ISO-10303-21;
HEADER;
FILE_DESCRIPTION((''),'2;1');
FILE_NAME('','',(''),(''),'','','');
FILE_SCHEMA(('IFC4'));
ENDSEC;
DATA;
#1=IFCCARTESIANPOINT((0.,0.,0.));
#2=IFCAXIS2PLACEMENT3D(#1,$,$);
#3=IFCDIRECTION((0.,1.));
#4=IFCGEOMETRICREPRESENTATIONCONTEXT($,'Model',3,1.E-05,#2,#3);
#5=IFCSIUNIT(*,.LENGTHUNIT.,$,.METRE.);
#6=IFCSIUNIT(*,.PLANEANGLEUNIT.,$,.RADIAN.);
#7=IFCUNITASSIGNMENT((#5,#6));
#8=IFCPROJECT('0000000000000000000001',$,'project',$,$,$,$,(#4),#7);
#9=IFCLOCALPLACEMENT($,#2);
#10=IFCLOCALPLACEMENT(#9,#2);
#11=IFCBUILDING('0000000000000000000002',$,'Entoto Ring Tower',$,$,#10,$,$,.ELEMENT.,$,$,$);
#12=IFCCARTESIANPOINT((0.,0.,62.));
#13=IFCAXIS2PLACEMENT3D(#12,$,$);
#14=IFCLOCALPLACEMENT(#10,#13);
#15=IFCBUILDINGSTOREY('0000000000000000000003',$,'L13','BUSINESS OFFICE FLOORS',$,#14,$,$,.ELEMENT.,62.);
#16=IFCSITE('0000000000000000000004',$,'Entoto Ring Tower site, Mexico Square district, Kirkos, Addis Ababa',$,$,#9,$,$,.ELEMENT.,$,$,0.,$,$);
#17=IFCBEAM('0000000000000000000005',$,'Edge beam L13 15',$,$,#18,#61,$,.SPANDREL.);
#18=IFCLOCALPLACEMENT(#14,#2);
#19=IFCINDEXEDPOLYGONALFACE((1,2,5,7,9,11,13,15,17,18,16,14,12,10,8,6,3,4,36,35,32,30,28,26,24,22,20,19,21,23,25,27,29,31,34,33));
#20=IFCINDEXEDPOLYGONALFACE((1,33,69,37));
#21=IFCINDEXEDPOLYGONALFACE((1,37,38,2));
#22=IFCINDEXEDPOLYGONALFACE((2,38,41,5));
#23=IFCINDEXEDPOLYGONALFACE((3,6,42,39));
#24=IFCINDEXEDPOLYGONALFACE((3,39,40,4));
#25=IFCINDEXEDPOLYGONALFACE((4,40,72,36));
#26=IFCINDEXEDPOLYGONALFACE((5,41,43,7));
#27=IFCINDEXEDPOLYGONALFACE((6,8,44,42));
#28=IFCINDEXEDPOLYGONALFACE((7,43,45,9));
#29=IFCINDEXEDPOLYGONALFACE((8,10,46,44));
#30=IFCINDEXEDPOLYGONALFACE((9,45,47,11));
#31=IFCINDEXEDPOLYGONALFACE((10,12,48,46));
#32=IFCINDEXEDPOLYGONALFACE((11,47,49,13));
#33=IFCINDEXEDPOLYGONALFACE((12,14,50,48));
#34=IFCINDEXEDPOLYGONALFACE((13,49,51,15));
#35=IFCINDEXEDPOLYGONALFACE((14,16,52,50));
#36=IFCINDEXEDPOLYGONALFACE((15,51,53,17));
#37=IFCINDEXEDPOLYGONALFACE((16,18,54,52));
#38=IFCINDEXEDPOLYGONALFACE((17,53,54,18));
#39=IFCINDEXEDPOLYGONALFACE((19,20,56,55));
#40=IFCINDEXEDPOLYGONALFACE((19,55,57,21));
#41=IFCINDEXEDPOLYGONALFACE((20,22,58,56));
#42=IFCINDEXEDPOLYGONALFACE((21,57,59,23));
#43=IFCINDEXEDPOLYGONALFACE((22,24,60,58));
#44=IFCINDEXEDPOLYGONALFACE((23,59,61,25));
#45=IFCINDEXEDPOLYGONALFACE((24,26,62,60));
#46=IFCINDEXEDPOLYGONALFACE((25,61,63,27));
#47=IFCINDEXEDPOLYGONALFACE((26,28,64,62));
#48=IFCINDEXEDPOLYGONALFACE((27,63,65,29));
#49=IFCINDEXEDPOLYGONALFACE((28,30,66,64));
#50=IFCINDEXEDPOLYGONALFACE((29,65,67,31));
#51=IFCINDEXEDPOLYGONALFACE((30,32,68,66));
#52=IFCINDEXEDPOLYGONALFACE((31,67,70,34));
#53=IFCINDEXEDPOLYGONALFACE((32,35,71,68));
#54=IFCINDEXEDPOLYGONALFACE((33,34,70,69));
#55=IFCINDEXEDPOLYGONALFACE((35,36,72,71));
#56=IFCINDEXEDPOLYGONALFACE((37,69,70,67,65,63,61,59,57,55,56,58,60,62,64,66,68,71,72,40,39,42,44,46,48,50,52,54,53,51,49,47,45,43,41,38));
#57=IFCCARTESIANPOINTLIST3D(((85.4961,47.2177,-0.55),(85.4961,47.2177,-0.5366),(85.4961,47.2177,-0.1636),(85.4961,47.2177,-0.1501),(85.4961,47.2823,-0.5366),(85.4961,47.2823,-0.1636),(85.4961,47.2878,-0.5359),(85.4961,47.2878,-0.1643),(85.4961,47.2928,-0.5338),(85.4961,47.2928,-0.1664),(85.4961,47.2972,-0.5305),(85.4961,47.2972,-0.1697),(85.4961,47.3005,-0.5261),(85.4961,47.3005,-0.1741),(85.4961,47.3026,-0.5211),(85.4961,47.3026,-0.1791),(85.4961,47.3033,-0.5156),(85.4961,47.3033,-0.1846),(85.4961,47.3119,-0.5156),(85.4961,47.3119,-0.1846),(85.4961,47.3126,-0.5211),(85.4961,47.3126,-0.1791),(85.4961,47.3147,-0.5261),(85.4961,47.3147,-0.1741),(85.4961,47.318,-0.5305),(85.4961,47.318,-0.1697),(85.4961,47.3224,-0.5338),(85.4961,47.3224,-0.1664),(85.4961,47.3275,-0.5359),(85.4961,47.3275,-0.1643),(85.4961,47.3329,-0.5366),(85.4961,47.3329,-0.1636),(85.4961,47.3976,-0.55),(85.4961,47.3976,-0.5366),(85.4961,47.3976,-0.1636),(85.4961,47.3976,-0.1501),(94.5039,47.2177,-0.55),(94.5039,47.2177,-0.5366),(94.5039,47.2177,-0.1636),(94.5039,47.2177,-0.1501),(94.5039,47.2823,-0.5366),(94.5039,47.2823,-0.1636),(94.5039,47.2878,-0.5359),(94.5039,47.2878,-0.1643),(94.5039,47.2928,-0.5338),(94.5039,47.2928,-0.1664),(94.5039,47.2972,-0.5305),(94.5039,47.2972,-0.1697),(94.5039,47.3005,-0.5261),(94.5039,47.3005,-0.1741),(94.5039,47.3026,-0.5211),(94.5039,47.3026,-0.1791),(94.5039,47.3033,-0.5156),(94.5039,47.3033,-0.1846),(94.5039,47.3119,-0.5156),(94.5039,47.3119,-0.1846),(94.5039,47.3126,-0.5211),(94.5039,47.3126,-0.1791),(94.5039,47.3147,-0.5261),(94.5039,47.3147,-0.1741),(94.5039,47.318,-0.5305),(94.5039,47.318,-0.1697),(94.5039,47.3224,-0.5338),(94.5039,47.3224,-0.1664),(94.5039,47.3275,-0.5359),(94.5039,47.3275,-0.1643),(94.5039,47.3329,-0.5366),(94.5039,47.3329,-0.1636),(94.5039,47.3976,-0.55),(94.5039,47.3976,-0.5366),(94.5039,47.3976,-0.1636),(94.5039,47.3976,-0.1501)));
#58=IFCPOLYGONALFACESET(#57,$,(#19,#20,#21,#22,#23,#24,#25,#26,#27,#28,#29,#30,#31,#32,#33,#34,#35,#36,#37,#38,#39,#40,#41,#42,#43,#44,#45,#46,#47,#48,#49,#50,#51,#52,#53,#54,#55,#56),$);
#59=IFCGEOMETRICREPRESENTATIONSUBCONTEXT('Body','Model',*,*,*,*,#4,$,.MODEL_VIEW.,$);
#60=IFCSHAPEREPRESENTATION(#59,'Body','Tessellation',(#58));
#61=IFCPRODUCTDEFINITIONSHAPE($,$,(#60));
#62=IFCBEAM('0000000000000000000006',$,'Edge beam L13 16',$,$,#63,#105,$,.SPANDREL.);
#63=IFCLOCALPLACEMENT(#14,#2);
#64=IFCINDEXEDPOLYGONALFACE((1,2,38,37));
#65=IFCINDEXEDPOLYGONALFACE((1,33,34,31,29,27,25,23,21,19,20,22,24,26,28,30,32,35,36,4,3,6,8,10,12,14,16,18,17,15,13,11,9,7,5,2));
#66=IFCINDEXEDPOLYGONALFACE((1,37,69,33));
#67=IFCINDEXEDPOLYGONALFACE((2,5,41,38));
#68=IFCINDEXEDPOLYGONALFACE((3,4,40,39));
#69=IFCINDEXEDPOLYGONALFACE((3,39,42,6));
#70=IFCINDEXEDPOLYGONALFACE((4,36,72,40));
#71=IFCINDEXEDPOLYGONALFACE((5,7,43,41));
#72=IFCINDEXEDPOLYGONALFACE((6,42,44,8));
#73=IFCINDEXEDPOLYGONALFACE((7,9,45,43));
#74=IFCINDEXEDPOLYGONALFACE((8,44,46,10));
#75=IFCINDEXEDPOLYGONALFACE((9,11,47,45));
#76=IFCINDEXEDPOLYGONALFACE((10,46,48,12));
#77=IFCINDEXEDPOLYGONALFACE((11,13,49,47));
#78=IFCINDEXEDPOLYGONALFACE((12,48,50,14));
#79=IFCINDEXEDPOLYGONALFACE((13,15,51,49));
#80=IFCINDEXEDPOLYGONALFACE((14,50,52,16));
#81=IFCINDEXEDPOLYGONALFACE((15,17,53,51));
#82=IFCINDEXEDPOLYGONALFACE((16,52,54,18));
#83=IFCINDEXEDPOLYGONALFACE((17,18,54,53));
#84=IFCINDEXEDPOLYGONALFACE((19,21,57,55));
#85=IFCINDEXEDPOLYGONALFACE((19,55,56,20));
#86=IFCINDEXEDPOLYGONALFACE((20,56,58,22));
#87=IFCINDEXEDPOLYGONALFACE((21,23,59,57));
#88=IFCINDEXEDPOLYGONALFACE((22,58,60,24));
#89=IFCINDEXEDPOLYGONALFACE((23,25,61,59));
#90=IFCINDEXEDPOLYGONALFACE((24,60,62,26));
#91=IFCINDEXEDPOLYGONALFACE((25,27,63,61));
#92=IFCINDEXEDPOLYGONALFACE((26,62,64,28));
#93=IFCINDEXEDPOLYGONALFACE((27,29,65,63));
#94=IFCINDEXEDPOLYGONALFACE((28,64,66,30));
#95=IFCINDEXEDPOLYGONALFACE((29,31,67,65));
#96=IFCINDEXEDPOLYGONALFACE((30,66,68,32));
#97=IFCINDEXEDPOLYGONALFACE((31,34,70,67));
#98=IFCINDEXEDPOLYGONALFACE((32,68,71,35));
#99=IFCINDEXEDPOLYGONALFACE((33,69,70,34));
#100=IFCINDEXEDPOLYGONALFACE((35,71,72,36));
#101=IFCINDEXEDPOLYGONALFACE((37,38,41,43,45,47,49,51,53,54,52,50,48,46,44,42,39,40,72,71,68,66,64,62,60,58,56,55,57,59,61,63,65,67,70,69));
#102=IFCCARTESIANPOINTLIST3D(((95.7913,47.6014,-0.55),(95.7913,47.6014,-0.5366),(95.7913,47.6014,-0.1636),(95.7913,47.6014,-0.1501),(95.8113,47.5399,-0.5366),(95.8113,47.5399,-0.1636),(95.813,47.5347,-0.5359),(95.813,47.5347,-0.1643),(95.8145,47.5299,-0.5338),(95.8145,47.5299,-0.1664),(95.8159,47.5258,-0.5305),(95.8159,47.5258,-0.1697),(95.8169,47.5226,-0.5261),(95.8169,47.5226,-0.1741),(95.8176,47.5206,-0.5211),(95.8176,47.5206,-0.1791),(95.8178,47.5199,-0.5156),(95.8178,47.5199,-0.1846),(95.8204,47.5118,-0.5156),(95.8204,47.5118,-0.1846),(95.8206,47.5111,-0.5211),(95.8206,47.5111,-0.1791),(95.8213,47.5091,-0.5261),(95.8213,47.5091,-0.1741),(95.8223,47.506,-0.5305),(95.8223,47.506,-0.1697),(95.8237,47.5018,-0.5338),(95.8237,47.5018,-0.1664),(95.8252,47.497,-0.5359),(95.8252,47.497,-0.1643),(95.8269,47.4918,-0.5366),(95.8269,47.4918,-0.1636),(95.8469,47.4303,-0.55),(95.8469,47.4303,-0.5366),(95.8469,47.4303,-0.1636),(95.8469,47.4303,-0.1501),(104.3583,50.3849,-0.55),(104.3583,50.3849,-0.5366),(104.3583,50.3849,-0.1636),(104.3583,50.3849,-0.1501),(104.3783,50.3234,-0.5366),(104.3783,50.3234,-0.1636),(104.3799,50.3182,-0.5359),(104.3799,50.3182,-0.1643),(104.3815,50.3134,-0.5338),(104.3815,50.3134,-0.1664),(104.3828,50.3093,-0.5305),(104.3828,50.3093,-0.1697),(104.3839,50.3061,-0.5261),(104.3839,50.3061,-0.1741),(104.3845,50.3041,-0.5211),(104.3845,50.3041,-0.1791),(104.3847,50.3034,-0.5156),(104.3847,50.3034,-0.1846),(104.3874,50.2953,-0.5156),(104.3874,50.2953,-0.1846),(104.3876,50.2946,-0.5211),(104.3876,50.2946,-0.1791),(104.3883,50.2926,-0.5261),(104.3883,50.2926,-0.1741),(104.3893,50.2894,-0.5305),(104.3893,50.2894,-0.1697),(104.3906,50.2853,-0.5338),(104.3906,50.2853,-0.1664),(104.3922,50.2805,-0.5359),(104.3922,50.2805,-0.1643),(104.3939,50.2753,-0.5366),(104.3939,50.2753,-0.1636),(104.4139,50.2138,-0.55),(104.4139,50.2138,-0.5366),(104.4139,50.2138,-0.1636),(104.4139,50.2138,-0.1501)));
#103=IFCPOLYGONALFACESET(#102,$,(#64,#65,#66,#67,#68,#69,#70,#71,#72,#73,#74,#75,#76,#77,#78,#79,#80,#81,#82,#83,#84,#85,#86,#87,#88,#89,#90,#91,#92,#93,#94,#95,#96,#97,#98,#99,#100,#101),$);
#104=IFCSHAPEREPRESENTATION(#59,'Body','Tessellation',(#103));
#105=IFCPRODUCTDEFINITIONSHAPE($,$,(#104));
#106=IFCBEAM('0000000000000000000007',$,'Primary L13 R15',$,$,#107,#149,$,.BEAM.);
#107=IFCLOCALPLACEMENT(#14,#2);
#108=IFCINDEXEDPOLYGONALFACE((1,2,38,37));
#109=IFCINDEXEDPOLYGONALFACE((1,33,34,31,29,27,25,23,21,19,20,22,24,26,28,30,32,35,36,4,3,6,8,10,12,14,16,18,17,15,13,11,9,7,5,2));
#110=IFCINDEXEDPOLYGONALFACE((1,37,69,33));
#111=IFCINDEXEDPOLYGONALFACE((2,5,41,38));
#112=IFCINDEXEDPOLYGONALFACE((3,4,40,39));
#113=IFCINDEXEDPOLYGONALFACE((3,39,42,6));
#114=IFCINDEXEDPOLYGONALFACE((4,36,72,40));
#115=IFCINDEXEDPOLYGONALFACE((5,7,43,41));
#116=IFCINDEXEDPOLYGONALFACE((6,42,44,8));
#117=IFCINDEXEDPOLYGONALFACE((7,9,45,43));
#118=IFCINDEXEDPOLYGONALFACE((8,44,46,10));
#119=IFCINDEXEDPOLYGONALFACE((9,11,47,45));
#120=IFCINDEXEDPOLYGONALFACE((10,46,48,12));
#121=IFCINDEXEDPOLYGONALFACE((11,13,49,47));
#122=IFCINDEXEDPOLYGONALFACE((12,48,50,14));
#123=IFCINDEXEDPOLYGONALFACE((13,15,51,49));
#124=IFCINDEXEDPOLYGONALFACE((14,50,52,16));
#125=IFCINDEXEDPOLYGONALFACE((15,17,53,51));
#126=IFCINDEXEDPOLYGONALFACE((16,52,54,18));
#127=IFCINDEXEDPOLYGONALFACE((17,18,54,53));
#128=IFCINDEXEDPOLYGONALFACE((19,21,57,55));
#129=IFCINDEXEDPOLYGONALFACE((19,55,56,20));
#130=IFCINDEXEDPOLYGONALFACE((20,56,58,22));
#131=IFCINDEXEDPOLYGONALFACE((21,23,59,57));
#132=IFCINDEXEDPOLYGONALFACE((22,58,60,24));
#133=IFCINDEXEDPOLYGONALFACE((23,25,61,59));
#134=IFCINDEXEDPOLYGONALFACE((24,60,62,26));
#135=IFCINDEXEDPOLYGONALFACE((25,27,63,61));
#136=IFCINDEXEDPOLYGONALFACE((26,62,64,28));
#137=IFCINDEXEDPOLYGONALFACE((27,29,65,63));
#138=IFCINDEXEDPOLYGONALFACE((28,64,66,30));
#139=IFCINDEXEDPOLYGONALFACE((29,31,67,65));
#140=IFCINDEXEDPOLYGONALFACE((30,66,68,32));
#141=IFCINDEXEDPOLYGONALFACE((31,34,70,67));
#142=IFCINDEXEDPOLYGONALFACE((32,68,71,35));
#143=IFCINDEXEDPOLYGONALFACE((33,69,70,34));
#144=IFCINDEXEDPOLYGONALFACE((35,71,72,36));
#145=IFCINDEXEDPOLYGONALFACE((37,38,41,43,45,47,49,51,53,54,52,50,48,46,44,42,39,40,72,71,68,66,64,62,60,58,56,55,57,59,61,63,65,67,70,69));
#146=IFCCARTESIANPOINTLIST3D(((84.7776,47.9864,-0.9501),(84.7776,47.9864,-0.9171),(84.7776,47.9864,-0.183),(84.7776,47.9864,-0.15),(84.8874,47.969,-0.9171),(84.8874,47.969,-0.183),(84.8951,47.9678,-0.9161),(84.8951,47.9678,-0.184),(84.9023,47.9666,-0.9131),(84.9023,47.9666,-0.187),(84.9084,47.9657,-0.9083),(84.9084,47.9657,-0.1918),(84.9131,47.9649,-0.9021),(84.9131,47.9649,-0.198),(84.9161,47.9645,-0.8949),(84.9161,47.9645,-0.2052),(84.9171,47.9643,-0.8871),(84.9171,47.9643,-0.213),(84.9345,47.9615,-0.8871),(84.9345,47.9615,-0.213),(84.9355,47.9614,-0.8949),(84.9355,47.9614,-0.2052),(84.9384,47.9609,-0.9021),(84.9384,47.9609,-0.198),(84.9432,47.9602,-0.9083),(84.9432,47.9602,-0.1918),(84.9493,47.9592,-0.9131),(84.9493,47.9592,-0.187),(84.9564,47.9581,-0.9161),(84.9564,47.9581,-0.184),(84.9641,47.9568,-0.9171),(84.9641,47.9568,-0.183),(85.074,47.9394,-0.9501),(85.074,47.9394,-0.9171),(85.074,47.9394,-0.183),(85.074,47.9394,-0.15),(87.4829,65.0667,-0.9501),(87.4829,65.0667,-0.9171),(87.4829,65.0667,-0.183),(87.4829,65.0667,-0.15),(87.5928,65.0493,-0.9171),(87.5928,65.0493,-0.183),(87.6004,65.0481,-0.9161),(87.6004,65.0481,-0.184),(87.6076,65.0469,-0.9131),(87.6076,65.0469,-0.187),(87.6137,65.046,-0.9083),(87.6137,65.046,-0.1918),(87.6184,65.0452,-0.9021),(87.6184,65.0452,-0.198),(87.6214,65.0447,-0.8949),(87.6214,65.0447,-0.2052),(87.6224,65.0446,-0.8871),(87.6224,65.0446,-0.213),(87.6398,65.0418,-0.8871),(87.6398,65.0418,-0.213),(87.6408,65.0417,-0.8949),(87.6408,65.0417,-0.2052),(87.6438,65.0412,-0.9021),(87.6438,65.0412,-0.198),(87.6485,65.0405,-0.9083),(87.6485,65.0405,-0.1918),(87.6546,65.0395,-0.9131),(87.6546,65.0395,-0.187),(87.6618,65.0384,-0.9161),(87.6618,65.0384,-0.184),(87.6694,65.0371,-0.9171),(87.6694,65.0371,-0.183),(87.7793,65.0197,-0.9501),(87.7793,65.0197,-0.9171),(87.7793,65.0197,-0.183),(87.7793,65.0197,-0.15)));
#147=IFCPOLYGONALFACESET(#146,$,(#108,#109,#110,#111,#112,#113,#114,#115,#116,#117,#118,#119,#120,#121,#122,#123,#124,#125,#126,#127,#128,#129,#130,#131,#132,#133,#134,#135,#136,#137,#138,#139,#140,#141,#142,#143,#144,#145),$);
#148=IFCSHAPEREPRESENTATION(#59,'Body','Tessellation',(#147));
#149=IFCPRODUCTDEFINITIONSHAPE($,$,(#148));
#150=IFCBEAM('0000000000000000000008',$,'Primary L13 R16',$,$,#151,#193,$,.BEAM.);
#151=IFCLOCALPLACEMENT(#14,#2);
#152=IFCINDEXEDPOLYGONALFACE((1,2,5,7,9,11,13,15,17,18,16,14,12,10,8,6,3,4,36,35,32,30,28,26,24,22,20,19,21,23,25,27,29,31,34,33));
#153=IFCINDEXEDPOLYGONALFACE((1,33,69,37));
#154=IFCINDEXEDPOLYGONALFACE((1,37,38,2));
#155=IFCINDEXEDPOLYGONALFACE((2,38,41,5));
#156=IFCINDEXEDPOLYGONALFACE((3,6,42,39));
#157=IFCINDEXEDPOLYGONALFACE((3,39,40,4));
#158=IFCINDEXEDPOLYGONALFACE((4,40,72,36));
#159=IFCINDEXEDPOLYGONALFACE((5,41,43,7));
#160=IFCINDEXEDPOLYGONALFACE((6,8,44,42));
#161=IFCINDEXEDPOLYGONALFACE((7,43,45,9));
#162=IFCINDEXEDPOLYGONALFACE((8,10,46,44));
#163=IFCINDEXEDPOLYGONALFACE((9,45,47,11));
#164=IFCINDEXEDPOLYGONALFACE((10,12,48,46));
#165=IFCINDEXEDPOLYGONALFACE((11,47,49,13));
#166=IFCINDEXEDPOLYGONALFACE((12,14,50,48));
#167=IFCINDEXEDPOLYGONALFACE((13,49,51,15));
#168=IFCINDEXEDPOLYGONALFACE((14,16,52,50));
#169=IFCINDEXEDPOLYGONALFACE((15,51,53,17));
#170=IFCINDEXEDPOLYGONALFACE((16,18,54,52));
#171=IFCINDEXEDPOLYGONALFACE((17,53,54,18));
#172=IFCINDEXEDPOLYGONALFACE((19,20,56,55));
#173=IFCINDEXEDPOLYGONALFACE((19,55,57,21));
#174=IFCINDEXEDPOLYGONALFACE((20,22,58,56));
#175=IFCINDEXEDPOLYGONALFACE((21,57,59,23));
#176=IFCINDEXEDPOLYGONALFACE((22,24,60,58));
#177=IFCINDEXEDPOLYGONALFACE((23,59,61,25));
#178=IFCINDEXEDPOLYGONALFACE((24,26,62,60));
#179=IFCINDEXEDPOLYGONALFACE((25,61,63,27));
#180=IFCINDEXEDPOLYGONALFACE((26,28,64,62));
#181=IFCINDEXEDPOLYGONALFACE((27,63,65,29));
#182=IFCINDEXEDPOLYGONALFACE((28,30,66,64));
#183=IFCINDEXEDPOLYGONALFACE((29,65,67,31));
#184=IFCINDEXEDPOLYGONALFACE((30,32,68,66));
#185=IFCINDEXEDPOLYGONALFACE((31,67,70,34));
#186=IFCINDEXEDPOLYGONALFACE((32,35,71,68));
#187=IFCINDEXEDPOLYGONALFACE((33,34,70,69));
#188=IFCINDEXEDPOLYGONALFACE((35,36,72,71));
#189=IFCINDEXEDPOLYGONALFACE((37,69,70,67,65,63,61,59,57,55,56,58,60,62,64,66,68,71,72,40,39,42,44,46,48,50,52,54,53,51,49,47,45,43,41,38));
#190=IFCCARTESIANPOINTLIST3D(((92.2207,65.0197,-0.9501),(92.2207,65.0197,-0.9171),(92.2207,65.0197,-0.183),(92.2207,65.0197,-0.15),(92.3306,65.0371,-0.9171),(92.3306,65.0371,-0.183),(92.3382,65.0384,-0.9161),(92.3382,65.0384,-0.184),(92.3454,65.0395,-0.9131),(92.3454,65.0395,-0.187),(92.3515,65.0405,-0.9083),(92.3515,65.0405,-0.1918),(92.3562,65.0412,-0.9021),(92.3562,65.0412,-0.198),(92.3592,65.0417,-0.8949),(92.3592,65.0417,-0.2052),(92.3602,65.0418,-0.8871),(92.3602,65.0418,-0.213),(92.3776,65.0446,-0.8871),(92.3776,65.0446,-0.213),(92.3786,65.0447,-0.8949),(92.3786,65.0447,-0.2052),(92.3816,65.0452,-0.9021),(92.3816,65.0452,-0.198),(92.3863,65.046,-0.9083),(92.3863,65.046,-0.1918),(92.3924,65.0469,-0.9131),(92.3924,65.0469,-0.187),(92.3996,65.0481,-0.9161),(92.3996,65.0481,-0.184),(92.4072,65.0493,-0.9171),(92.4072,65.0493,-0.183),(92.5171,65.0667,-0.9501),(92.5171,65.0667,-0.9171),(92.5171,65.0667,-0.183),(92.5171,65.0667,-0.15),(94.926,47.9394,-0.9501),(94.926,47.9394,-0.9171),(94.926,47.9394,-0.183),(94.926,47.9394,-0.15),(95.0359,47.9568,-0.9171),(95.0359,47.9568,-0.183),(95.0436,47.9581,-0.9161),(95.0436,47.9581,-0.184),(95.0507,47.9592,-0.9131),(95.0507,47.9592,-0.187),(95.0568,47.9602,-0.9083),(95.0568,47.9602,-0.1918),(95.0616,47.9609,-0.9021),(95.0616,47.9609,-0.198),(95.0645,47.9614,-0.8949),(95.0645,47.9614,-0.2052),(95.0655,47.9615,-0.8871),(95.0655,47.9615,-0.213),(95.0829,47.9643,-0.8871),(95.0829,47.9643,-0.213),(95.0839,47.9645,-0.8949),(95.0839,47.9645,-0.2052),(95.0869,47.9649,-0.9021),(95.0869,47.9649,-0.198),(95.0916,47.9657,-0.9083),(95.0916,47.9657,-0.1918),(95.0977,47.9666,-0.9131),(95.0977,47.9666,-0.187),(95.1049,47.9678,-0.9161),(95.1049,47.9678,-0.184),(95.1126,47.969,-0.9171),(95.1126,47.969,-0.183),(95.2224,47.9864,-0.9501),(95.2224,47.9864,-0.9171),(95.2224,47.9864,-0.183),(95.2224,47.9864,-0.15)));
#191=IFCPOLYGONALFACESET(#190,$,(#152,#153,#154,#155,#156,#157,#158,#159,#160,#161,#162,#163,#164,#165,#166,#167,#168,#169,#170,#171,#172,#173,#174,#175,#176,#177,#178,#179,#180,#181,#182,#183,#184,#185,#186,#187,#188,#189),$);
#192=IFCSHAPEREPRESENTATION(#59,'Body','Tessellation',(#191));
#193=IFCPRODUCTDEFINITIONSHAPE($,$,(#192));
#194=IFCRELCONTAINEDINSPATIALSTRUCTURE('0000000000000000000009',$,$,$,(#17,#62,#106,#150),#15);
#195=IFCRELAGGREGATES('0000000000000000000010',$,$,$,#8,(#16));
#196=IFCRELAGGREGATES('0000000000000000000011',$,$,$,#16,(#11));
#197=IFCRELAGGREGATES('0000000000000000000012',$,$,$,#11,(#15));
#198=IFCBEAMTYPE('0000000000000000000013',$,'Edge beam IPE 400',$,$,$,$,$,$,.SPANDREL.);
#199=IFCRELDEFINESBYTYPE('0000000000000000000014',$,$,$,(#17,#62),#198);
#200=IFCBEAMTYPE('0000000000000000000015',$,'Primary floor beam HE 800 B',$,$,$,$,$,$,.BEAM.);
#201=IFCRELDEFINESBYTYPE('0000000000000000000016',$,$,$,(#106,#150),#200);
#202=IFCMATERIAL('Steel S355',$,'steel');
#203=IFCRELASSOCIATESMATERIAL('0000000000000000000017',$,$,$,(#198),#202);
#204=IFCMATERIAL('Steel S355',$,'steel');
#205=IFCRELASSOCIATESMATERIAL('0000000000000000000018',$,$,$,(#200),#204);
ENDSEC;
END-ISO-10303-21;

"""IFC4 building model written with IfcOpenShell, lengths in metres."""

from ifc_helpers import new_model, si_unit, direction, frame, origin, origin_2d, place, context, subcontext, project, spatial, i_section, extrude, material, material_profile, profile_set, type_object, element, save


model = new_model("IFC4")

# Units and contexts
model_context = context("Model", 3, precision=1e-05, world=origin(), true_north=direction((0.0, 1.0)))
body_context = subcontext(model_context, "Body", "Model", "MODEL_VIEW")
ifc_project = project(units=[si_unit("LENGTHUNIT", "METRE"), si_unit("PLANEANGLEUNIT", "RADIAN")], contexts=[model_context])

# Site, building, storey
site_placement = place(None, origin())
site = spatial("IfcSite", under=ifc_project, at=site_placement, Name="Entoto Ring Tower site, Mexico Square district, Kirkos, Addis Ababa", CompositionType="ELEMENT", RefElevation=0.0)
building_placement = place(site_placement, origin())
building = spatial("IfcBuilding", under=site, at=building_placement, Name="Entoto Ring Tower", CompositionType="ELEMENT")
storey_placement = place(building_placement, frame((0.0, 0.0, 62.0)))
storey = spatial("IfcBuildingStorey", under=building, at=storey_placement, Name="L13", Description="BUSINESS OFFICE FLOORS", CompositionType="ELEMENT", Elevation=62.0)

# Beams
ifc_material_1 = material(Name="Steel S355", Category="steel")
ifc_material_profile_1 = material_profile(ifc_material_1, i_section(OverallWidth=0.1799, OverallDepth=0.3999, WebThickness=0.0085, FlangeThickness=0.0134, FilletRadius=0.021, at=origin_2d()), Name="IPE 400")
ifc_profile_set_1 = profile_set([ifc_material_profile_1], Name="Steel S355")
beam_type_1 = type_object("IfcBeamType", Name="Edge beam IPE 400", PredefinedType="SPANDREL", material=ifc_profile_set_1)
for number, where, z_axis, x_axis, name in (
    (1, (85.4961, 47.3076, -0.3501), (1.0, 0.0, 0.0), (0.0, 1.0, 0.0), "Edge beam L13 15"),
    (2, (95.8191, 47.5159, -0.3501), (0.95106, 0.309006, 0.0), (-0.309006, 0.95106, 0.0), "Edge beam L13 16"),
):
    element("IfcBeam", number, at=place(storey_placement, frame(where, z_axis=z_axis, x_axis=x_axis)), inside=storey, type_object=beam_type_1, Name=name, PredefinedType="SPANDREL", context=body_context, shape_type="SweptSolid", body=[
        extrude(i_section(OverallWidth=0.1799, OverallDepth=0.3999, WebThickness=0.0085, FlangeThickness=0.0134, FilletRadius=0.021, at=origin_2d()), origin(), (0.0, 0.0, 1.0), 9.0078),
    ])
ifc_material_2 = material(Name="Steel S355", Category="steel")
ifc_material_profile_2 = material_profile(ifc_material_2, i_section(OverallWidth=0.3, OverallDepth=0.8, WebThickness=0.0176, FlangeThickness=0.033, FilletRadius=0.03, at=origin_2d()), Name="HE 800 B")
ifc_profile_set_2 = profile_set([ifc_material_profile_2], Name="Steel S355")
beam_type_2 = type_object("IfcBeamType", Name="Primary floor beam HE 800 B", PredefinedType="BEAM", material=ifc_profile_set_2)
for number, where, z_axis, x_axis, name in (
    (3, (87.6311, 65.0432, -0.55), (-0.156438, -0.987688, 0.0), (0.987688, -0.156438, 0.0), "Primary L13 R15"),
    (4, (92.3689, 65.0432, -0.55), (0.156438, -0.987688, 0.0), (0.987688, 0.156438, 0.0), "Primary L13 R16"),
):
    element("IfcBeam", number, at=place(storey_placement, frame(where, z_axis=z_axis, x_axis=x_axis)), inside=storey, type_object=beam_type_2, Name=name, PredefinedType="BEAM", context=body_context, shape_type="SweptSolid", body=[
        extrude(i_section(OverallWidth=0.3, OverallDepth=0.8, WebThickness=0.0176, FlangeThickness=0.033, FilletRadius=0.03, at=origin_2d()), origin(), (0.0, 0.0, 1.0), 17.2932),
    ])

save(model, "model.ifc")
